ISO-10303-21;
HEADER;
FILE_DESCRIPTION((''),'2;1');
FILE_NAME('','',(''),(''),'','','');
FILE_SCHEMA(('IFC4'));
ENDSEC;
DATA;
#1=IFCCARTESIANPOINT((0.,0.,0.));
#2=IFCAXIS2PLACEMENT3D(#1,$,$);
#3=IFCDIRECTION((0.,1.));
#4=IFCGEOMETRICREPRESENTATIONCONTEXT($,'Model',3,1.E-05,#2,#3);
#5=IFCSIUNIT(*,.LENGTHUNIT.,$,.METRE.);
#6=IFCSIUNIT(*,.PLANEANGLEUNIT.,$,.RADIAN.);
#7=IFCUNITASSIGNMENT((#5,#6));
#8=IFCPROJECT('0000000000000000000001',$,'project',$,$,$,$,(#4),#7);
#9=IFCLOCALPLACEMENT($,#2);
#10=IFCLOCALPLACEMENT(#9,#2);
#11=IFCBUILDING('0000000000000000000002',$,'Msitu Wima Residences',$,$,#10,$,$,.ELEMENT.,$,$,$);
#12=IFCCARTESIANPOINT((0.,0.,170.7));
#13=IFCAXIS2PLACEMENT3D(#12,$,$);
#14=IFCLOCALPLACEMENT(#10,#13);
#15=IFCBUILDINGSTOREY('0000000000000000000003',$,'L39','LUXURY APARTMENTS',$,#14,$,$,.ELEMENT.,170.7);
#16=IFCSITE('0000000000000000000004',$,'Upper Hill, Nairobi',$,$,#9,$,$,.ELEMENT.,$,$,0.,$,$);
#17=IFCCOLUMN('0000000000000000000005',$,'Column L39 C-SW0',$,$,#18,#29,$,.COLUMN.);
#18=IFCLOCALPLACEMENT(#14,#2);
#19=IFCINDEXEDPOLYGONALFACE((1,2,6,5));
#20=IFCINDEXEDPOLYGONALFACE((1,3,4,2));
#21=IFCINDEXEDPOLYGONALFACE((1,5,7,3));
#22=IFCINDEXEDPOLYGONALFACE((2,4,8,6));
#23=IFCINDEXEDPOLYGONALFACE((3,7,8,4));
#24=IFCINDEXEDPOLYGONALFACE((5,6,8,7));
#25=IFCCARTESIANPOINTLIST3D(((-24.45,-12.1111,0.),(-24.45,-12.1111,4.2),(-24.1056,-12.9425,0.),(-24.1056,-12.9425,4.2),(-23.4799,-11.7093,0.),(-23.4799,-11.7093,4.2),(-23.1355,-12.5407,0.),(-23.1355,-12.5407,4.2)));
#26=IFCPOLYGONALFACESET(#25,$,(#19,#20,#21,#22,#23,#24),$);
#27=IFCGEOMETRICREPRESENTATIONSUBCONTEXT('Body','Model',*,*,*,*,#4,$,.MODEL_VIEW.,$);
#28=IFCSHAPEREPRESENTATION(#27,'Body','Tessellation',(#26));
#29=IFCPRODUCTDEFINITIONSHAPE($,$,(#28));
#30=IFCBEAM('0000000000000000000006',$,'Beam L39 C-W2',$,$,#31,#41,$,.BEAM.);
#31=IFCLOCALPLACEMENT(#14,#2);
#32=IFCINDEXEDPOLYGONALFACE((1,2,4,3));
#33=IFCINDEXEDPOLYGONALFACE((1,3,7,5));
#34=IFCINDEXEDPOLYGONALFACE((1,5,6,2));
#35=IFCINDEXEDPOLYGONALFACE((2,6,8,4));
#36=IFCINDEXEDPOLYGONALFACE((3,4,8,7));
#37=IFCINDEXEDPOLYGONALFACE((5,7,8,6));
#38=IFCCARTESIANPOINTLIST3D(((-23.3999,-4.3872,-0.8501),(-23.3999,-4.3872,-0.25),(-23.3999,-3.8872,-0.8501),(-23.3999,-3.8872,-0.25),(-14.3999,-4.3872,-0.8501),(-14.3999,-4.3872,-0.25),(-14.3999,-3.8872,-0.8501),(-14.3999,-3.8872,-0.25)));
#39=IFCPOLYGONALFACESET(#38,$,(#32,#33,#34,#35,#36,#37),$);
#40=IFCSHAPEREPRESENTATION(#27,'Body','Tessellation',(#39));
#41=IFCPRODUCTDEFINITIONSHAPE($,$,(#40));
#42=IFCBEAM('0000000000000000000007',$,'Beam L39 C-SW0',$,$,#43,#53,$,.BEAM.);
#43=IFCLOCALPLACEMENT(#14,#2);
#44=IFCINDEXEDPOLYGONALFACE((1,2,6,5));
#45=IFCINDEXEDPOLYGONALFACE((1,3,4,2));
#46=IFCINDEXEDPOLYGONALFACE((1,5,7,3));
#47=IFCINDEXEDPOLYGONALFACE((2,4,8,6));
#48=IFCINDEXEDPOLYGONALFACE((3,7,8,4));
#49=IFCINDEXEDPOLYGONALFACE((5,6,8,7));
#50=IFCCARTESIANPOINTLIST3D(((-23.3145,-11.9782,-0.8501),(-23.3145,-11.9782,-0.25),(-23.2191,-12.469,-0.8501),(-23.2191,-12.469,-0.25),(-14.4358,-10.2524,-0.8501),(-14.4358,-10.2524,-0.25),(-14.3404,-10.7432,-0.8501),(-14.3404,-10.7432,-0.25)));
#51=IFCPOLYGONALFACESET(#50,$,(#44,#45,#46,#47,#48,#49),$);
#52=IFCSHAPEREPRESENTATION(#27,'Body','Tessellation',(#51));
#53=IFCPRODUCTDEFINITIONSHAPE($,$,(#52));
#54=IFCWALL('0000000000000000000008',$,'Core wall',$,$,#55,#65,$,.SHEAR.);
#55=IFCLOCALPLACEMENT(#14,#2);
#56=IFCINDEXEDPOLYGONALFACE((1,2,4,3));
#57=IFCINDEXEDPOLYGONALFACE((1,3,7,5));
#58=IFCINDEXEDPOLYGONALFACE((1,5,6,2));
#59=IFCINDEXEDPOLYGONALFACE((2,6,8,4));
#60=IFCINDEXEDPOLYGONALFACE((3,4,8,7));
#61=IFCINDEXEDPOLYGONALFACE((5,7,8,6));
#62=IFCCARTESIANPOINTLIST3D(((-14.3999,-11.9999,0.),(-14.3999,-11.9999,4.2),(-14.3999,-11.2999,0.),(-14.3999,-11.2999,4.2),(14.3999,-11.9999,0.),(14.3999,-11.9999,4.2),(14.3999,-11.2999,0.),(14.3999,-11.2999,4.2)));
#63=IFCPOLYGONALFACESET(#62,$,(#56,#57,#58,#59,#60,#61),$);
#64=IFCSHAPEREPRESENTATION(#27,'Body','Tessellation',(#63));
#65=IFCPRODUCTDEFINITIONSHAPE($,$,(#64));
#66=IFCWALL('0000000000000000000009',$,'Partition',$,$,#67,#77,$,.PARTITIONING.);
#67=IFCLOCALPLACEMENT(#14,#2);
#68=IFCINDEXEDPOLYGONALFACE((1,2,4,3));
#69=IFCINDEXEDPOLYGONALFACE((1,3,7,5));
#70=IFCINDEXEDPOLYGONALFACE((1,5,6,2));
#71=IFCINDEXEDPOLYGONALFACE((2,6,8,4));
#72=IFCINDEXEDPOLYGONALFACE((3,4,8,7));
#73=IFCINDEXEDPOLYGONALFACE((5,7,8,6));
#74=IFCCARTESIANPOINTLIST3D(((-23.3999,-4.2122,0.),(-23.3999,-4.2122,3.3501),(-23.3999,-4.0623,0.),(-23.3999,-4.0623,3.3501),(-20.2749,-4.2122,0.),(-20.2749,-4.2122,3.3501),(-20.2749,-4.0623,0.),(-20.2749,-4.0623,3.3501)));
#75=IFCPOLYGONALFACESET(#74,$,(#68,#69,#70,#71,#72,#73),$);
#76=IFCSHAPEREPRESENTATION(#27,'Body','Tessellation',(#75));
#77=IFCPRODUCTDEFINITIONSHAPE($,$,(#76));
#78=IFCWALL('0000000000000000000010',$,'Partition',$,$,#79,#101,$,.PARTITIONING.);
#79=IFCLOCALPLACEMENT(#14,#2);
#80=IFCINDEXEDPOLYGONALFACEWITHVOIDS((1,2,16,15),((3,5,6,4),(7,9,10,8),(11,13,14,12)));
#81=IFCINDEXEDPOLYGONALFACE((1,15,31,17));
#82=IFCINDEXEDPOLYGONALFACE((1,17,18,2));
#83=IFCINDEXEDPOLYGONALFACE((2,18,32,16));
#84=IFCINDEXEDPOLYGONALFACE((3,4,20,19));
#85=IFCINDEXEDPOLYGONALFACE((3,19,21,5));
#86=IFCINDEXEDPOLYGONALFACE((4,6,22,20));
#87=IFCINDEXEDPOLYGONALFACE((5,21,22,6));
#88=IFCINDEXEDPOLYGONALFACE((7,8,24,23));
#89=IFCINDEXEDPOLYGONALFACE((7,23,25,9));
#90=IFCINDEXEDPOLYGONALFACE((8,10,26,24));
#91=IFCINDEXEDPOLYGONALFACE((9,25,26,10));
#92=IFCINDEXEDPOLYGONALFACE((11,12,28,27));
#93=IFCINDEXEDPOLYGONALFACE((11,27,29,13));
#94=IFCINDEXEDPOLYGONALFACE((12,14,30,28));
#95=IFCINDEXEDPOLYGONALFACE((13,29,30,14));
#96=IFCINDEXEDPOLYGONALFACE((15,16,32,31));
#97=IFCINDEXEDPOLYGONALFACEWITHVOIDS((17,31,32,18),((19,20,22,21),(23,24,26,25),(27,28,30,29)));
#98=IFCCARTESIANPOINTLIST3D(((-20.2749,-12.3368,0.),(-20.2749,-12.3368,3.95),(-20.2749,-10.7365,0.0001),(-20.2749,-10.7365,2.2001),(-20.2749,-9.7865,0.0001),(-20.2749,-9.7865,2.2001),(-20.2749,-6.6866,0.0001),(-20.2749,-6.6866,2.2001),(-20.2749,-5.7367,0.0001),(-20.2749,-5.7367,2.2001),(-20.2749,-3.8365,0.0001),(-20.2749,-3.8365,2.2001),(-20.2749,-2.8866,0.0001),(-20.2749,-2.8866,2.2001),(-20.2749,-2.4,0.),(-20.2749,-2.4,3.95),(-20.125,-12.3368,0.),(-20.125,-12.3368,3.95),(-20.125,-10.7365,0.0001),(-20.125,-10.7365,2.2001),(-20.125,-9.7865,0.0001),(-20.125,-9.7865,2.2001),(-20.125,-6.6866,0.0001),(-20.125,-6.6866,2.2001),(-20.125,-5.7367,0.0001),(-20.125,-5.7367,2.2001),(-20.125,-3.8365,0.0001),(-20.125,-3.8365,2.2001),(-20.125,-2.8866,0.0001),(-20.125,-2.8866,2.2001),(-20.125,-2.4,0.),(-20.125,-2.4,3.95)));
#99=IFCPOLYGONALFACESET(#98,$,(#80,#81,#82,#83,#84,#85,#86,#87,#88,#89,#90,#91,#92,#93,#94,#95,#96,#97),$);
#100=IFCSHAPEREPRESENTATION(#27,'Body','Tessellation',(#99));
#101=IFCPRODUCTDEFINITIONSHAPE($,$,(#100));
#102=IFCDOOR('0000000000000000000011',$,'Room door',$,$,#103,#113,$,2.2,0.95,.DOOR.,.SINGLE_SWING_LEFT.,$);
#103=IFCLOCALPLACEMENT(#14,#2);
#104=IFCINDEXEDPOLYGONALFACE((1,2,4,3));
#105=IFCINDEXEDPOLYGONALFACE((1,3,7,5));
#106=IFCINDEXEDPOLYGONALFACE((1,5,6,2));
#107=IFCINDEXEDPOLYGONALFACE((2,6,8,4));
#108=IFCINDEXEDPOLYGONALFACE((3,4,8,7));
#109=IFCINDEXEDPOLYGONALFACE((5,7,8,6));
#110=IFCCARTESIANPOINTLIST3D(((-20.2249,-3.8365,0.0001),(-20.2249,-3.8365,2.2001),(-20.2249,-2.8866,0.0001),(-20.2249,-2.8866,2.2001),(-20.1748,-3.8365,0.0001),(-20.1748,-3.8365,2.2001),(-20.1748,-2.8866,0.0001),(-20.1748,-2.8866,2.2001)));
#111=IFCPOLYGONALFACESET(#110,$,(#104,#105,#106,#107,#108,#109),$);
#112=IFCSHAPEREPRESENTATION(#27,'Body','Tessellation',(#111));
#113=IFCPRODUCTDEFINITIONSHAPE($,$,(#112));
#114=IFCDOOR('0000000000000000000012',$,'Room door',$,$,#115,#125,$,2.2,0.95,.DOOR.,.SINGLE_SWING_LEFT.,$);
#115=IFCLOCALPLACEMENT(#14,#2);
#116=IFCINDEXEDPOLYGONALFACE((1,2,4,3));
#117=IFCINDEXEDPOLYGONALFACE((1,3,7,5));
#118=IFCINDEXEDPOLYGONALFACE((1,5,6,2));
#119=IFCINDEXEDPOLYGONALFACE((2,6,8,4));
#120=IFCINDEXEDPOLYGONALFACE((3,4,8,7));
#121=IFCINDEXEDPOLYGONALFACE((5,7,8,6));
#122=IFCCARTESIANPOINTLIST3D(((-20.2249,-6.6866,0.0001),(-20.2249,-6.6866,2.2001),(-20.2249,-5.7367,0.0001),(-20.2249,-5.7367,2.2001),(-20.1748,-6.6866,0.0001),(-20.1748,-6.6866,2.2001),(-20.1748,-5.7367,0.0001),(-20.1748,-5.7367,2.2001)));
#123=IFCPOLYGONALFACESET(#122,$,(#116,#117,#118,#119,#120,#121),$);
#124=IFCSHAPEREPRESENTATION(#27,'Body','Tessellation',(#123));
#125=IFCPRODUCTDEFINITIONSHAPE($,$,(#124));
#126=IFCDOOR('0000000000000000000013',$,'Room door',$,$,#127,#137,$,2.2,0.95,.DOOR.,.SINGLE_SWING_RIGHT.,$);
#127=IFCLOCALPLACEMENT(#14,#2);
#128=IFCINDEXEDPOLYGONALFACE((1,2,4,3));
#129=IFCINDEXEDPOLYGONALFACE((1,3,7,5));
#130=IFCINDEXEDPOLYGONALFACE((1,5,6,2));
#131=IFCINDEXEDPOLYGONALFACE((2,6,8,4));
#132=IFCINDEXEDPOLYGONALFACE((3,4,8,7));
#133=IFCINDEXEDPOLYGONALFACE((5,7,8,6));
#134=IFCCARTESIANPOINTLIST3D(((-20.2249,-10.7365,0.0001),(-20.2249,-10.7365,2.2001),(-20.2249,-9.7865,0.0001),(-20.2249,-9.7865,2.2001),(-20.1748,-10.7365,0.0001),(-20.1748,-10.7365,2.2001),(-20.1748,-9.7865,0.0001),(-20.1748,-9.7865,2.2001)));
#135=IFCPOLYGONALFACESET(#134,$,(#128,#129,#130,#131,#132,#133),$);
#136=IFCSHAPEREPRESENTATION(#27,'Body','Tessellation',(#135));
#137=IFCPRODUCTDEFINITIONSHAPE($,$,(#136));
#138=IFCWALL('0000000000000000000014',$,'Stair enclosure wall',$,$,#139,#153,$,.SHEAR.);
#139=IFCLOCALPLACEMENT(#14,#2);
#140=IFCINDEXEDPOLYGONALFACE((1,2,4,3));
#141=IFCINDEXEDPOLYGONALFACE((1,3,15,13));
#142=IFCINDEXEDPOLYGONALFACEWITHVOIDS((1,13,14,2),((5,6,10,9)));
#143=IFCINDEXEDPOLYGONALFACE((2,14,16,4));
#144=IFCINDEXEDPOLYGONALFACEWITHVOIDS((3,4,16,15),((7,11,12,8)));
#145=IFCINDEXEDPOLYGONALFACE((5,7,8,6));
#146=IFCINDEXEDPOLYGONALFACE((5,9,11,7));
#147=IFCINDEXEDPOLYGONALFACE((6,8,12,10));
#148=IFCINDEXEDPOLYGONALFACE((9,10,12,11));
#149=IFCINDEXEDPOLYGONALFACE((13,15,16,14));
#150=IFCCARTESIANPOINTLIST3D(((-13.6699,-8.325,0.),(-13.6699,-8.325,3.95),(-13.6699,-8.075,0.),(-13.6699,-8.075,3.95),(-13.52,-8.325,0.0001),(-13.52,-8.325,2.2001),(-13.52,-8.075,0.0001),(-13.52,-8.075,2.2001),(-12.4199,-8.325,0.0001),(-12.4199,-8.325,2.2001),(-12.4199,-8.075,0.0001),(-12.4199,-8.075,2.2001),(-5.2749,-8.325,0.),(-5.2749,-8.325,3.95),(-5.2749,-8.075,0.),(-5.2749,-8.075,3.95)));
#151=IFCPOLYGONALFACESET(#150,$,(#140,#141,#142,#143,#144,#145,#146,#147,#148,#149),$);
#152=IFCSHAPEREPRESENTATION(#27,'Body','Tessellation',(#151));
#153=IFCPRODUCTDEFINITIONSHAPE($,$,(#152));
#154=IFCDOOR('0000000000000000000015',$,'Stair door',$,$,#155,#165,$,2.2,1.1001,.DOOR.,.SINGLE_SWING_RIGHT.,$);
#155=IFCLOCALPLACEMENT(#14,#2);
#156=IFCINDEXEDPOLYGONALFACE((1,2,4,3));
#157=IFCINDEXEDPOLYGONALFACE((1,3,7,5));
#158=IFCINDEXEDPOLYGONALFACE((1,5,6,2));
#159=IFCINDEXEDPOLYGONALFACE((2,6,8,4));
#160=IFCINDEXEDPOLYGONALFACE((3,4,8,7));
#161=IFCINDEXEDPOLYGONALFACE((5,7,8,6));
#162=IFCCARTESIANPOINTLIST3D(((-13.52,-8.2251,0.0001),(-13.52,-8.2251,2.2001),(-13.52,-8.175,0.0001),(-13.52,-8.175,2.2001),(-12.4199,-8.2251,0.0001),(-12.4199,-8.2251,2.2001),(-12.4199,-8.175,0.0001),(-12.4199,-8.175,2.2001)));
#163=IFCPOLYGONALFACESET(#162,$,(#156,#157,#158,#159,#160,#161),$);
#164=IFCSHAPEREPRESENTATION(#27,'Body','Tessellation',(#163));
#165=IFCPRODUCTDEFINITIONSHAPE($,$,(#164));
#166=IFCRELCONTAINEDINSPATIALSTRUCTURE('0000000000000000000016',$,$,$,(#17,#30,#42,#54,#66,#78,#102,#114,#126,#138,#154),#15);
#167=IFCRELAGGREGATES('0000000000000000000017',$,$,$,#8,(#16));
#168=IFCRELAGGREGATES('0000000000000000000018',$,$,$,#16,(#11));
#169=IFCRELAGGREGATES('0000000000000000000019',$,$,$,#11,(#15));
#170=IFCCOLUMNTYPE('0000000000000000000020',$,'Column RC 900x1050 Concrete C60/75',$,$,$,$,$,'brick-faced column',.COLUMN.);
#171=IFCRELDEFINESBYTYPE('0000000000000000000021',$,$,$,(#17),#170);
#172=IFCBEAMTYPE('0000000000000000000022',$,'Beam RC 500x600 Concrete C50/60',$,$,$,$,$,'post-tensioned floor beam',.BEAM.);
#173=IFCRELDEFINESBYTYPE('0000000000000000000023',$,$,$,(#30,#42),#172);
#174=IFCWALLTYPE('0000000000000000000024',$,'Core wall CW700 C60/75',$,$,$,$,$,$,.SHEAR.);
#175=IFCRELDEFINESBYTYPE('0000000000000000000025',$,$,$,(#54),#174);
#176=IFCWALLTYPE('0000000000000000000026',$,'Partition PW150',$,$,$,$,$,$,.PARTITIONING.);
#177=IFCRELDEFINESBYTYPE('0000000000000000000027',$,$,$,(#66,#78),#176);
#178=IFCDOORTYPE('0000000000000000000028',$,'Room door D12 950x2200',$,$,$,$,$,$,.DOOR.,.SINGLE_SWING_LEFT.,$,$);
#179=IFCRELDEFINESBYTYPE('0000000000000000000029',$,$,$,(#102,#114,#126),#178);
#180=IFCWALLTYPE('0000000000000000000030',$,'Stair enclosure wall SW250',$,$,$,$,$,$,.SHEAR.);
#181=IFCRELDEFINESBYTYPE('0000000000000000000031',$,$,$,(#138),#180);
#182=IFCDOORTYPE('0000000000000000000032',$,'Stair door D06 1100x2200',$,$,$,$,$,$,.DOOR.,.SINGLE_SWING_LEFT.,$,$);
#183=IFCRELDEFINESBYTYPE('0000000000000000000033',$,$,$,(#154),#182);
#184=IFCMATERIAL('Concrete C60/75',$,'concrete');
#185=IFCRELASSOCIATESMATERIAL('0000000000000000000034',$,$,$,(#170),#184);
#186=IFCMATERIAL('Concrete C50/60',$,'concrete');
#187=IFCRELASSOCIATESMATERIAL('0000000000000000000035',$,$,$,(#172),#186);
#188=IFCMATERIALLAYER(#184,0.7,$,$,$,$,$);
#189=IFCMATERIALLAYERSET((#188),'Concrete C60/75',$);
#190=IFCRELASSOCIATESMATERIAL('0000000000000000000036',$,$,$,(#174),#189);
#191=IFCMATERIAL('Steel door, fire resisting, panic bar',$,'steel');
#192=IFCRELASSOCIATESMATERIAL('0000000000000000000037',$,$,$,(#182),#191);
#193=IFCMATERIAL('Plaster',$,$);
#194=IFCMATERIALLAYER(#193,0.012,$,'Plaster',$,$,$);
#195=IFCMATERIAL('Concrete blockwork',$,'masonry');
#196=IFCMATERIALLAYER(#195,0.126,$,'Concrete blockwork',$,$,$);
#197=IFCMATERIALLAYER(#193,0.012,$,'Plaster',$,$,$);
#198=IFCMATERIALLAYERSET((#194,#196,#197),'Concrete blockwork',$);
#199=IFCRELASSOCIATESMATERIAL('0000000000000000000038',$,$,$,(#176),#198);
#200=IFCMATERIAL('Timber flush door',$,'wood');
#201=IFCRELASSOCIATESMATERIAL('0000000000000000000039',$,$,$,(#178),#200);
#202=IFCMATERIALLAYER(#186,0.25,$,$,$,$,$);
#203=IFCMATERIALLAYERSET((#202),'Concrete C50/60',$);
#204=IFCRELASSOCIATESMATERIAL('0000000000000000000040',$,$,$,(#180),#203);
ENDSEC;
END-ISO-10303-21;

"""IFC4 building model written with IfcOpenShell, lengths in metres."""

from ifc_helpers import new_model, si_unit, direction, frame, frame_2d, origin, origin_2d, place, context, subcontext, project, spatial, rectangle, extrude, material, layer, layer_set, material_profile, profile_set, type_object, element, fill, save


model = new_model("IFC4")

# Units and contexts
model_context = context("Model", 3, precision=1e-05, world=origin(), true_north=direction((0.0, 1.0)))
body_context = subcontext(model_context, "Body", "Model", "MODEL_VIEW")
ifc_project = project(units=[si_unit("LENGTHUNIT", "METRE"), si_unit("PLANEANGLEUNIT", "RADIAN")], contexts=[model_context])

# Site, building, storey
site_placement = place(None, origin())
site = spatial("IfcSite", under=ifc_project, at=site_placement, Name="Upper Hill, Nairobi", CompositionType="ELEMENT", RefElevation=0.0)
building_placement = place(site_placement, origin())
building = spatial("IfcBuilding", under=site, at=building_placement, Name="Msitu Wima Residences", CompositionType="ELEMENT")
storey_placement = place(building_placement, frame((0.0, 0.0, 170.7)))
storey = spatial("IfcBuildingStorey", under=building, at=storey_placement, Name="L39", Description="LUXURY APARTMENTS", CompositionType="ELEMENT", Elevation=170.7)

# Column
ifc_material_1 = material(Name="Concrete C60/75", Category="concrete")
ifc_material_profile_1 = material_profile(ifc_material_1, rectangle(XDim=0.8999, YDim=1.05, at=origin_2d()), Name="RC 900x1050")
ifc_profile_set_1 = profile_set([ifc_material_profile_1], Name="Concrete C60/75")
column_type = type_object("IfcColumnType", Name="Column RC 900x1050 Concrete C60/75", ElementType="brick-faced column", PredefinedType="COLUMN", material=ifc_profile_set_1)
column_placement = place(storey_placement, frame((-23.7927, -12.3259, 0.0), z_axis=(0.0, 0.0, 1.0), x_axis=(0.382683, -0.92388, 0.0)))
element("IfcColumn", 1, at=column_placement, inside=storey, type_object=column_type, Name="Column L39 C-SW0", PredefinedType="COLUMN", context=body_context, shape_type="SweptSolid", body=[
    extrude(rectangle(XDim=0.8999, YDim=1.05, at=origin_2d()), origin(), (0.0, 0.0, 1.0), 4.2),
])

# Beams
ifc_material_2 = material(Name="Concrete C50/60", Category="concrete")
ifc_material_profile_2 = material_profile(ifc_material_2, rectangle(XDim=0.5, YDim=0.6001, at=origin_2d()), Name="RC 500x600")
ifc_profile_set_2 = profile_set([ifc_material_profile_2], Name="Concrete C50/60")
beam_type = type_object("IfcBeamType", Name="Beam RC 500x600 Concrete C50/60", ElementType="post-tensioned floor beam", PredefinedType="BEAM", material=ifc_profile_set_2)
beam_1_placement = place(storey_placement, frame((-23.3999, -4.1372, -0.55), z_axis=(1.0, 0.0, 0.0), x_axis=(0.0, 1.0, 0.0)))
element("IfcBeam", 2, at=beam_1_placement, inside=storey, type_object=beam_type, Name="Beam L39 C-W2", PredefinedType="BEAM", context=body_context, shape_type="SweptSolid", body=[
    extrude(rectangle(XDim=0.5, YDim=0.6001, at=origin_2d()), origin(), (0.0, 0.0, 1.0), 9.0),
])
beam_2_placement = place(storey_placement, frame((-23.2668, -12.2236, -0.55), z_axis=(0.981627, 0.190808, 0.0), x_axis=(-0.190808, 0.981627, 0.0)))
element("IfcBeam", 3, at=beam_2_placement, inside=storey, type_object=beam_type, Name="Beam L39 C-SW0", PredefinedType="BEAM", context=body_context, shape_type="SweptSolid", body=[
    extrude(rectangle(XDim=0.5, YDim=0.6001, at=origin_2d()), origin(), (0.0, 0.0, 1.0), 9.0449),
])

# Wall
ifc_layer_1 = layer(ifc_material_1, 0.7)
ifc_layer_set_1 = layer_set([ifc_layer_1], Name="Concrete C60/75")
wall_type_1 = type_object("IfcWallType", Name="Core wall CW700 C60/75", PredefinedType="SHEAR", material=ifc_layer_set_1)
wall_1_placement = place(storey_placement, frame((-14.3999, -11.6499, 0.0), z_axis=(0.0, 0.0, 1.0), x_axis=(1.0, 0.0, 0.0)))
element("IfcWall", 4, at=wall_1_placement, inside=storey, type_object=wall_type_1, Name="Core wall", PredefinedType="SHEAR", context=body_context, shape_type="SweptSolid", body=[
    extrude(rectangle(XDim=28.7998, YDim=0.7, at=frame_2d((14.3999, 0.0))), origin(), (0.0, 0.0, 1.0), 4.2),
])

# Shared definitions
ifc_material_3 = material(Name="Steel door, fire resisting, panic bar", Category="steel")
door_type_1 = type_object("IfcDoorType", Name="Stair door D06 1100x2200", OperationType="SINGLE_SWING_LEFT", PredefinedType="DOOR", material=ifc_material_3)

# Wall
ifc_material_4 = material(Name="Plaster")
ifc_layer_2 = layer(ifc_material_4, 0.012, Name="Plaster")
ifc_material_5 = material(Name="Concrete blockwork", Category="masonry")
ifc_layer_3 = layer(ifc_material_5, 0.126, Name="Concrete blockwork")
ifc_layer_4 = layer(ifc_material_4, 0.012, Name="Plaster")
ifc_layer_set_2 = layer_set([ifc_layer_2, ifc_layer_3, ifc_layer_4], Name="Concrete blockwork")
wall_type_2 = type_object("IfcWallType", Name="Partition PW150", PredefinedType="PARTITIONING", material=ifc_layer_set_2)
wall_2_placement = place(storey_placement, frame((-23.3999, -4.1372, 0.0), z_axis=(0.0, 0.0, 1.0), x_axis=(1.0, 0.0, 0.0)))
element("IfcWall", 5, at=wall_2_placement, inside=storey, type_object=wall_type_2, Name="Partition", PredefinedType="PARTITIONING", context=body_context, shape_type="SweptSolid", body=[
    extrude(rectangle(XDim=3.125, YDim=0.1499, at=frame_2d((1.5625, 0.0))), origin(), (0.0, 0.0, 1.0), 3.3501),
])

# Wall, openings, doors
wall_3_placement = place(storey_placement, frame((-20.2, -12.3367, 0.0), z_axis=(0.0, 0.0, 1.0), x_axis=(0.0, 1.0, 0.0)))
wall_3 = element("IfcWall", 6, at=wall_3_placement, inside=storey, type_object=wall_type_2, Name="Partition", PredefinedType="PARTITIONING", context=body_context, shape_type="SweptSolid", body=[
    extrude(rectangle(XDim=9.9368, YDim=0.1499, at=frame_2d((4.9683, 0.0))), origin(), (0.0, 0.0, 1.0), 3.95),
])
opening_1_placement = place(wall_3_placement, frame((8.5, 0.0, 0.0)))
opening_1 = element("IfcOpeningElement", 7, at=opening_1_placement, cuts=wall_3, PredefinedType="OPENING", context=body_context, shape_type="SweptSolid", body=[
    extrude(rectangle(XDim=0.95, YDim=2.2, at=frame_2d((0.4751, 1.1001))), frame((0.0, 0.085, 0.0), z_axis=(0.0, -1.0, 0.0), x_axis=(1.0, 0.0, 0.0)), (0.0, 0.0, 1.0), 0.1699),
])
opening_2_placement = place(wall_3_placement, frame((5.6499, 0.0, 0.0)))
opening_2 = element("IfcOpeningElement", 8, at=opening_2_placement, cuts=wall_3, PredefinedType="OPENING", context=body_context, shape_type="SweptSolid", body=[
    extrude(rectangle(XDim=0.95, YDim=2.2, at=frame_2d((0.4751, 1.1001))), frame((0.0, 0.085, 0.0), z_axis=(0.0, -1.0, 0.0), x_axis=(1.0, 0.0, 0.0)), (0.0, 0.0, 1.0), 0.1699),
])
opening_3_placement = place(wall_3_placement, frame((1.6001, 0.0, 0.0)))
opening_3 = element("IfcOpeningElement", 9, at=opening_3_placement, cuts=wall_3, PredefinedType="OPENING", context=body_context, shape_type="SweptSolid", body=[
    extrude(rectangle(XDim=0.95, YDim=2.2, at=frame_2d((0.4751, 1.1001))), frame((0.0, 0.085, 0.0), z_axis=(0.0, -1.0, 0.0), x_axis=(1.0, 0.0, 0.0)), (0.0, 0.0, 1.0), 0.1699),
])
ifc_material_6 = material(Name="Timber flush door", Category="wood")
door_type_2 = type_object("IfcDoorType", Name="Room door D12 950x2200", OperationType="SINGLE_SWING_LEFT", PredefinedType="DOOR", material=ifc_material_6)
door_1_placement = place(opening_1_placement, origin())
door_1 = element("IfcDoor", 10, at=door_1_placement, inside=storey, type_object=door_type_2, Name="Room door", OperationType="SINGLE_SWING_LEFT", OverallHeight=2.2, OverallWidth=0.95, PredefinedType="DOOR", context=body_context, shape_type="SweptSolid", body=[
    extrude(rectangle(XDim=0.95, YDim=2.2, at=frame_2d((0.4751, 1.1001))), frame((0.0, 0.0249, 0.0), z_axis=(0.0, -1.0, 0.0), x_axis=(1.0, 0.0, 0.0)), (0.0, 0.0, 1.0), 0.05),
])
fill(opening_1, door_1)
door_2_placement = place(opening_2_placement, origin())
door_2 = element("IfcDoor", 11, at=door_2_placement, inside=storey, type_object=door_type_2, Name="Room door", OperationType="SINGLE_SWING_LEFT", OverallHeight=2.2, OverallWidth=0.95, PredefinedType="DOOR", context=body_context, shape_type="SweptSolid", body=[
    extrude(rectangle(XDim=0.95, YDim=2.2, at=frame_2d((0.4751, 1.1001))), frame((0.0, 0.0249, 0.0), z_axis=(0.0, -1.0, 0.0), x_axis=(1.0, 0.0, 0.0)), (0.0, 0.0, 1.0), 0.05),
])
fill(opening_2, door_2)
door_3_placement = place(opening_3_placement, origin())
door_3 = element("IfcDoor", 12, at=door_3_placement, inside=storey, type_object=door_type_2, Name="Room door", OperationType="SINGLE_SWING_RIGHT", OverallHeight=2.2, OverallWidth=0.95, PredefinedType="DOOR", context=body_context, shape_type="SweptSolid", body=[
    extrude(rectangle(XDim=0.95, YDim=2.2, at=frame_2d((0.4751, 1.1001))), frame((0.0, 0.0249, 0.0), z_axis=(0.0, -1.0, 0.0), x_axis=(1.0, 0.0, 0.0)), (0.0, 0.0, 1.0), 0.05),
])
fill(opening_3, door_3)

# Wall, opening, door
ifc_layer_5 = layer(ifc_material_2, 0.25)
ifc_layer_set_3 = layer_set([ifc_layer_5], Name="Concrete C50/60")
wall_type_3 = type_object("IfcWallType", Name="Stair enclosure wall SW250", PredefinedType="SHEAR", material=ifc_layer_set_3)
wall_4_placement = place(storey_placement, frame((-13.6699, -8.2, 0.0), z_axis=(0.0, 0.0, 1.0), x_axis=(1.0, 0.0, 0.0)))
wall_4 = element("IfcWall", 13, at=wall_4_placement, inside=storey, type_object=wall_type_3, Name="Stair enclosure wall", PredefinedType="SHEAR", context=body_context, shape_type="SweptSolid", body=[
    extrude(rectangle(XDim=8.395, YDim=0.25, at=frame_2d((4.1975, 0.0))), origin(), (0.0, 0.0, 1.0), 3.95),
])
opening_4_placement = place(wall_4_placement, frame((0.1499, 0.0, 0.0)))
opening_4 = element("IfcOpeningElement", 14, at=opening_4_placement, cuts=wall_4, PredefinedType="OPENING", context=body_context, shape_type="SweptSolid", body=[
    extrude(rectangle(XDim=1.1001, YDim=2.2, at=frame_2d((0.55, 1.1001))), frame((0.0, 0.135, 0.0), z_axis=(0.0, -1.0, 0.0), x_axis=(1.0, 0.0, 0.0)), (0.0, 0.0, 1.0), 0.27),
])
door_4_placement = place(opening_4_placement, origin())
door_4 = element("IfcDoor", 15, at=door_4_placement, inside=storey, type_object=door_type_1, Name="Stair door", OperationType="SINGLE_SWING_RIGHT", OverallHeight=2.2, OverallWidth=1.1001, PredefinedType="DOOR", context=body_context, shape_type="SweptSolid", body=[
    extrude(rectangle(XDim=1.1001, YDim=2.2, at=frame_2d((0.55, 1.1001))), frame((0.0, 0.0249, 0.0), z_axis=(0.0, -1.0, 0.0), x_axis=(1.0, 0.0, 0.0)), (0.0, 0.0, 1.0), 0.05),
])
fill(opening_4, door_4)

save(model, "model.ifc")
